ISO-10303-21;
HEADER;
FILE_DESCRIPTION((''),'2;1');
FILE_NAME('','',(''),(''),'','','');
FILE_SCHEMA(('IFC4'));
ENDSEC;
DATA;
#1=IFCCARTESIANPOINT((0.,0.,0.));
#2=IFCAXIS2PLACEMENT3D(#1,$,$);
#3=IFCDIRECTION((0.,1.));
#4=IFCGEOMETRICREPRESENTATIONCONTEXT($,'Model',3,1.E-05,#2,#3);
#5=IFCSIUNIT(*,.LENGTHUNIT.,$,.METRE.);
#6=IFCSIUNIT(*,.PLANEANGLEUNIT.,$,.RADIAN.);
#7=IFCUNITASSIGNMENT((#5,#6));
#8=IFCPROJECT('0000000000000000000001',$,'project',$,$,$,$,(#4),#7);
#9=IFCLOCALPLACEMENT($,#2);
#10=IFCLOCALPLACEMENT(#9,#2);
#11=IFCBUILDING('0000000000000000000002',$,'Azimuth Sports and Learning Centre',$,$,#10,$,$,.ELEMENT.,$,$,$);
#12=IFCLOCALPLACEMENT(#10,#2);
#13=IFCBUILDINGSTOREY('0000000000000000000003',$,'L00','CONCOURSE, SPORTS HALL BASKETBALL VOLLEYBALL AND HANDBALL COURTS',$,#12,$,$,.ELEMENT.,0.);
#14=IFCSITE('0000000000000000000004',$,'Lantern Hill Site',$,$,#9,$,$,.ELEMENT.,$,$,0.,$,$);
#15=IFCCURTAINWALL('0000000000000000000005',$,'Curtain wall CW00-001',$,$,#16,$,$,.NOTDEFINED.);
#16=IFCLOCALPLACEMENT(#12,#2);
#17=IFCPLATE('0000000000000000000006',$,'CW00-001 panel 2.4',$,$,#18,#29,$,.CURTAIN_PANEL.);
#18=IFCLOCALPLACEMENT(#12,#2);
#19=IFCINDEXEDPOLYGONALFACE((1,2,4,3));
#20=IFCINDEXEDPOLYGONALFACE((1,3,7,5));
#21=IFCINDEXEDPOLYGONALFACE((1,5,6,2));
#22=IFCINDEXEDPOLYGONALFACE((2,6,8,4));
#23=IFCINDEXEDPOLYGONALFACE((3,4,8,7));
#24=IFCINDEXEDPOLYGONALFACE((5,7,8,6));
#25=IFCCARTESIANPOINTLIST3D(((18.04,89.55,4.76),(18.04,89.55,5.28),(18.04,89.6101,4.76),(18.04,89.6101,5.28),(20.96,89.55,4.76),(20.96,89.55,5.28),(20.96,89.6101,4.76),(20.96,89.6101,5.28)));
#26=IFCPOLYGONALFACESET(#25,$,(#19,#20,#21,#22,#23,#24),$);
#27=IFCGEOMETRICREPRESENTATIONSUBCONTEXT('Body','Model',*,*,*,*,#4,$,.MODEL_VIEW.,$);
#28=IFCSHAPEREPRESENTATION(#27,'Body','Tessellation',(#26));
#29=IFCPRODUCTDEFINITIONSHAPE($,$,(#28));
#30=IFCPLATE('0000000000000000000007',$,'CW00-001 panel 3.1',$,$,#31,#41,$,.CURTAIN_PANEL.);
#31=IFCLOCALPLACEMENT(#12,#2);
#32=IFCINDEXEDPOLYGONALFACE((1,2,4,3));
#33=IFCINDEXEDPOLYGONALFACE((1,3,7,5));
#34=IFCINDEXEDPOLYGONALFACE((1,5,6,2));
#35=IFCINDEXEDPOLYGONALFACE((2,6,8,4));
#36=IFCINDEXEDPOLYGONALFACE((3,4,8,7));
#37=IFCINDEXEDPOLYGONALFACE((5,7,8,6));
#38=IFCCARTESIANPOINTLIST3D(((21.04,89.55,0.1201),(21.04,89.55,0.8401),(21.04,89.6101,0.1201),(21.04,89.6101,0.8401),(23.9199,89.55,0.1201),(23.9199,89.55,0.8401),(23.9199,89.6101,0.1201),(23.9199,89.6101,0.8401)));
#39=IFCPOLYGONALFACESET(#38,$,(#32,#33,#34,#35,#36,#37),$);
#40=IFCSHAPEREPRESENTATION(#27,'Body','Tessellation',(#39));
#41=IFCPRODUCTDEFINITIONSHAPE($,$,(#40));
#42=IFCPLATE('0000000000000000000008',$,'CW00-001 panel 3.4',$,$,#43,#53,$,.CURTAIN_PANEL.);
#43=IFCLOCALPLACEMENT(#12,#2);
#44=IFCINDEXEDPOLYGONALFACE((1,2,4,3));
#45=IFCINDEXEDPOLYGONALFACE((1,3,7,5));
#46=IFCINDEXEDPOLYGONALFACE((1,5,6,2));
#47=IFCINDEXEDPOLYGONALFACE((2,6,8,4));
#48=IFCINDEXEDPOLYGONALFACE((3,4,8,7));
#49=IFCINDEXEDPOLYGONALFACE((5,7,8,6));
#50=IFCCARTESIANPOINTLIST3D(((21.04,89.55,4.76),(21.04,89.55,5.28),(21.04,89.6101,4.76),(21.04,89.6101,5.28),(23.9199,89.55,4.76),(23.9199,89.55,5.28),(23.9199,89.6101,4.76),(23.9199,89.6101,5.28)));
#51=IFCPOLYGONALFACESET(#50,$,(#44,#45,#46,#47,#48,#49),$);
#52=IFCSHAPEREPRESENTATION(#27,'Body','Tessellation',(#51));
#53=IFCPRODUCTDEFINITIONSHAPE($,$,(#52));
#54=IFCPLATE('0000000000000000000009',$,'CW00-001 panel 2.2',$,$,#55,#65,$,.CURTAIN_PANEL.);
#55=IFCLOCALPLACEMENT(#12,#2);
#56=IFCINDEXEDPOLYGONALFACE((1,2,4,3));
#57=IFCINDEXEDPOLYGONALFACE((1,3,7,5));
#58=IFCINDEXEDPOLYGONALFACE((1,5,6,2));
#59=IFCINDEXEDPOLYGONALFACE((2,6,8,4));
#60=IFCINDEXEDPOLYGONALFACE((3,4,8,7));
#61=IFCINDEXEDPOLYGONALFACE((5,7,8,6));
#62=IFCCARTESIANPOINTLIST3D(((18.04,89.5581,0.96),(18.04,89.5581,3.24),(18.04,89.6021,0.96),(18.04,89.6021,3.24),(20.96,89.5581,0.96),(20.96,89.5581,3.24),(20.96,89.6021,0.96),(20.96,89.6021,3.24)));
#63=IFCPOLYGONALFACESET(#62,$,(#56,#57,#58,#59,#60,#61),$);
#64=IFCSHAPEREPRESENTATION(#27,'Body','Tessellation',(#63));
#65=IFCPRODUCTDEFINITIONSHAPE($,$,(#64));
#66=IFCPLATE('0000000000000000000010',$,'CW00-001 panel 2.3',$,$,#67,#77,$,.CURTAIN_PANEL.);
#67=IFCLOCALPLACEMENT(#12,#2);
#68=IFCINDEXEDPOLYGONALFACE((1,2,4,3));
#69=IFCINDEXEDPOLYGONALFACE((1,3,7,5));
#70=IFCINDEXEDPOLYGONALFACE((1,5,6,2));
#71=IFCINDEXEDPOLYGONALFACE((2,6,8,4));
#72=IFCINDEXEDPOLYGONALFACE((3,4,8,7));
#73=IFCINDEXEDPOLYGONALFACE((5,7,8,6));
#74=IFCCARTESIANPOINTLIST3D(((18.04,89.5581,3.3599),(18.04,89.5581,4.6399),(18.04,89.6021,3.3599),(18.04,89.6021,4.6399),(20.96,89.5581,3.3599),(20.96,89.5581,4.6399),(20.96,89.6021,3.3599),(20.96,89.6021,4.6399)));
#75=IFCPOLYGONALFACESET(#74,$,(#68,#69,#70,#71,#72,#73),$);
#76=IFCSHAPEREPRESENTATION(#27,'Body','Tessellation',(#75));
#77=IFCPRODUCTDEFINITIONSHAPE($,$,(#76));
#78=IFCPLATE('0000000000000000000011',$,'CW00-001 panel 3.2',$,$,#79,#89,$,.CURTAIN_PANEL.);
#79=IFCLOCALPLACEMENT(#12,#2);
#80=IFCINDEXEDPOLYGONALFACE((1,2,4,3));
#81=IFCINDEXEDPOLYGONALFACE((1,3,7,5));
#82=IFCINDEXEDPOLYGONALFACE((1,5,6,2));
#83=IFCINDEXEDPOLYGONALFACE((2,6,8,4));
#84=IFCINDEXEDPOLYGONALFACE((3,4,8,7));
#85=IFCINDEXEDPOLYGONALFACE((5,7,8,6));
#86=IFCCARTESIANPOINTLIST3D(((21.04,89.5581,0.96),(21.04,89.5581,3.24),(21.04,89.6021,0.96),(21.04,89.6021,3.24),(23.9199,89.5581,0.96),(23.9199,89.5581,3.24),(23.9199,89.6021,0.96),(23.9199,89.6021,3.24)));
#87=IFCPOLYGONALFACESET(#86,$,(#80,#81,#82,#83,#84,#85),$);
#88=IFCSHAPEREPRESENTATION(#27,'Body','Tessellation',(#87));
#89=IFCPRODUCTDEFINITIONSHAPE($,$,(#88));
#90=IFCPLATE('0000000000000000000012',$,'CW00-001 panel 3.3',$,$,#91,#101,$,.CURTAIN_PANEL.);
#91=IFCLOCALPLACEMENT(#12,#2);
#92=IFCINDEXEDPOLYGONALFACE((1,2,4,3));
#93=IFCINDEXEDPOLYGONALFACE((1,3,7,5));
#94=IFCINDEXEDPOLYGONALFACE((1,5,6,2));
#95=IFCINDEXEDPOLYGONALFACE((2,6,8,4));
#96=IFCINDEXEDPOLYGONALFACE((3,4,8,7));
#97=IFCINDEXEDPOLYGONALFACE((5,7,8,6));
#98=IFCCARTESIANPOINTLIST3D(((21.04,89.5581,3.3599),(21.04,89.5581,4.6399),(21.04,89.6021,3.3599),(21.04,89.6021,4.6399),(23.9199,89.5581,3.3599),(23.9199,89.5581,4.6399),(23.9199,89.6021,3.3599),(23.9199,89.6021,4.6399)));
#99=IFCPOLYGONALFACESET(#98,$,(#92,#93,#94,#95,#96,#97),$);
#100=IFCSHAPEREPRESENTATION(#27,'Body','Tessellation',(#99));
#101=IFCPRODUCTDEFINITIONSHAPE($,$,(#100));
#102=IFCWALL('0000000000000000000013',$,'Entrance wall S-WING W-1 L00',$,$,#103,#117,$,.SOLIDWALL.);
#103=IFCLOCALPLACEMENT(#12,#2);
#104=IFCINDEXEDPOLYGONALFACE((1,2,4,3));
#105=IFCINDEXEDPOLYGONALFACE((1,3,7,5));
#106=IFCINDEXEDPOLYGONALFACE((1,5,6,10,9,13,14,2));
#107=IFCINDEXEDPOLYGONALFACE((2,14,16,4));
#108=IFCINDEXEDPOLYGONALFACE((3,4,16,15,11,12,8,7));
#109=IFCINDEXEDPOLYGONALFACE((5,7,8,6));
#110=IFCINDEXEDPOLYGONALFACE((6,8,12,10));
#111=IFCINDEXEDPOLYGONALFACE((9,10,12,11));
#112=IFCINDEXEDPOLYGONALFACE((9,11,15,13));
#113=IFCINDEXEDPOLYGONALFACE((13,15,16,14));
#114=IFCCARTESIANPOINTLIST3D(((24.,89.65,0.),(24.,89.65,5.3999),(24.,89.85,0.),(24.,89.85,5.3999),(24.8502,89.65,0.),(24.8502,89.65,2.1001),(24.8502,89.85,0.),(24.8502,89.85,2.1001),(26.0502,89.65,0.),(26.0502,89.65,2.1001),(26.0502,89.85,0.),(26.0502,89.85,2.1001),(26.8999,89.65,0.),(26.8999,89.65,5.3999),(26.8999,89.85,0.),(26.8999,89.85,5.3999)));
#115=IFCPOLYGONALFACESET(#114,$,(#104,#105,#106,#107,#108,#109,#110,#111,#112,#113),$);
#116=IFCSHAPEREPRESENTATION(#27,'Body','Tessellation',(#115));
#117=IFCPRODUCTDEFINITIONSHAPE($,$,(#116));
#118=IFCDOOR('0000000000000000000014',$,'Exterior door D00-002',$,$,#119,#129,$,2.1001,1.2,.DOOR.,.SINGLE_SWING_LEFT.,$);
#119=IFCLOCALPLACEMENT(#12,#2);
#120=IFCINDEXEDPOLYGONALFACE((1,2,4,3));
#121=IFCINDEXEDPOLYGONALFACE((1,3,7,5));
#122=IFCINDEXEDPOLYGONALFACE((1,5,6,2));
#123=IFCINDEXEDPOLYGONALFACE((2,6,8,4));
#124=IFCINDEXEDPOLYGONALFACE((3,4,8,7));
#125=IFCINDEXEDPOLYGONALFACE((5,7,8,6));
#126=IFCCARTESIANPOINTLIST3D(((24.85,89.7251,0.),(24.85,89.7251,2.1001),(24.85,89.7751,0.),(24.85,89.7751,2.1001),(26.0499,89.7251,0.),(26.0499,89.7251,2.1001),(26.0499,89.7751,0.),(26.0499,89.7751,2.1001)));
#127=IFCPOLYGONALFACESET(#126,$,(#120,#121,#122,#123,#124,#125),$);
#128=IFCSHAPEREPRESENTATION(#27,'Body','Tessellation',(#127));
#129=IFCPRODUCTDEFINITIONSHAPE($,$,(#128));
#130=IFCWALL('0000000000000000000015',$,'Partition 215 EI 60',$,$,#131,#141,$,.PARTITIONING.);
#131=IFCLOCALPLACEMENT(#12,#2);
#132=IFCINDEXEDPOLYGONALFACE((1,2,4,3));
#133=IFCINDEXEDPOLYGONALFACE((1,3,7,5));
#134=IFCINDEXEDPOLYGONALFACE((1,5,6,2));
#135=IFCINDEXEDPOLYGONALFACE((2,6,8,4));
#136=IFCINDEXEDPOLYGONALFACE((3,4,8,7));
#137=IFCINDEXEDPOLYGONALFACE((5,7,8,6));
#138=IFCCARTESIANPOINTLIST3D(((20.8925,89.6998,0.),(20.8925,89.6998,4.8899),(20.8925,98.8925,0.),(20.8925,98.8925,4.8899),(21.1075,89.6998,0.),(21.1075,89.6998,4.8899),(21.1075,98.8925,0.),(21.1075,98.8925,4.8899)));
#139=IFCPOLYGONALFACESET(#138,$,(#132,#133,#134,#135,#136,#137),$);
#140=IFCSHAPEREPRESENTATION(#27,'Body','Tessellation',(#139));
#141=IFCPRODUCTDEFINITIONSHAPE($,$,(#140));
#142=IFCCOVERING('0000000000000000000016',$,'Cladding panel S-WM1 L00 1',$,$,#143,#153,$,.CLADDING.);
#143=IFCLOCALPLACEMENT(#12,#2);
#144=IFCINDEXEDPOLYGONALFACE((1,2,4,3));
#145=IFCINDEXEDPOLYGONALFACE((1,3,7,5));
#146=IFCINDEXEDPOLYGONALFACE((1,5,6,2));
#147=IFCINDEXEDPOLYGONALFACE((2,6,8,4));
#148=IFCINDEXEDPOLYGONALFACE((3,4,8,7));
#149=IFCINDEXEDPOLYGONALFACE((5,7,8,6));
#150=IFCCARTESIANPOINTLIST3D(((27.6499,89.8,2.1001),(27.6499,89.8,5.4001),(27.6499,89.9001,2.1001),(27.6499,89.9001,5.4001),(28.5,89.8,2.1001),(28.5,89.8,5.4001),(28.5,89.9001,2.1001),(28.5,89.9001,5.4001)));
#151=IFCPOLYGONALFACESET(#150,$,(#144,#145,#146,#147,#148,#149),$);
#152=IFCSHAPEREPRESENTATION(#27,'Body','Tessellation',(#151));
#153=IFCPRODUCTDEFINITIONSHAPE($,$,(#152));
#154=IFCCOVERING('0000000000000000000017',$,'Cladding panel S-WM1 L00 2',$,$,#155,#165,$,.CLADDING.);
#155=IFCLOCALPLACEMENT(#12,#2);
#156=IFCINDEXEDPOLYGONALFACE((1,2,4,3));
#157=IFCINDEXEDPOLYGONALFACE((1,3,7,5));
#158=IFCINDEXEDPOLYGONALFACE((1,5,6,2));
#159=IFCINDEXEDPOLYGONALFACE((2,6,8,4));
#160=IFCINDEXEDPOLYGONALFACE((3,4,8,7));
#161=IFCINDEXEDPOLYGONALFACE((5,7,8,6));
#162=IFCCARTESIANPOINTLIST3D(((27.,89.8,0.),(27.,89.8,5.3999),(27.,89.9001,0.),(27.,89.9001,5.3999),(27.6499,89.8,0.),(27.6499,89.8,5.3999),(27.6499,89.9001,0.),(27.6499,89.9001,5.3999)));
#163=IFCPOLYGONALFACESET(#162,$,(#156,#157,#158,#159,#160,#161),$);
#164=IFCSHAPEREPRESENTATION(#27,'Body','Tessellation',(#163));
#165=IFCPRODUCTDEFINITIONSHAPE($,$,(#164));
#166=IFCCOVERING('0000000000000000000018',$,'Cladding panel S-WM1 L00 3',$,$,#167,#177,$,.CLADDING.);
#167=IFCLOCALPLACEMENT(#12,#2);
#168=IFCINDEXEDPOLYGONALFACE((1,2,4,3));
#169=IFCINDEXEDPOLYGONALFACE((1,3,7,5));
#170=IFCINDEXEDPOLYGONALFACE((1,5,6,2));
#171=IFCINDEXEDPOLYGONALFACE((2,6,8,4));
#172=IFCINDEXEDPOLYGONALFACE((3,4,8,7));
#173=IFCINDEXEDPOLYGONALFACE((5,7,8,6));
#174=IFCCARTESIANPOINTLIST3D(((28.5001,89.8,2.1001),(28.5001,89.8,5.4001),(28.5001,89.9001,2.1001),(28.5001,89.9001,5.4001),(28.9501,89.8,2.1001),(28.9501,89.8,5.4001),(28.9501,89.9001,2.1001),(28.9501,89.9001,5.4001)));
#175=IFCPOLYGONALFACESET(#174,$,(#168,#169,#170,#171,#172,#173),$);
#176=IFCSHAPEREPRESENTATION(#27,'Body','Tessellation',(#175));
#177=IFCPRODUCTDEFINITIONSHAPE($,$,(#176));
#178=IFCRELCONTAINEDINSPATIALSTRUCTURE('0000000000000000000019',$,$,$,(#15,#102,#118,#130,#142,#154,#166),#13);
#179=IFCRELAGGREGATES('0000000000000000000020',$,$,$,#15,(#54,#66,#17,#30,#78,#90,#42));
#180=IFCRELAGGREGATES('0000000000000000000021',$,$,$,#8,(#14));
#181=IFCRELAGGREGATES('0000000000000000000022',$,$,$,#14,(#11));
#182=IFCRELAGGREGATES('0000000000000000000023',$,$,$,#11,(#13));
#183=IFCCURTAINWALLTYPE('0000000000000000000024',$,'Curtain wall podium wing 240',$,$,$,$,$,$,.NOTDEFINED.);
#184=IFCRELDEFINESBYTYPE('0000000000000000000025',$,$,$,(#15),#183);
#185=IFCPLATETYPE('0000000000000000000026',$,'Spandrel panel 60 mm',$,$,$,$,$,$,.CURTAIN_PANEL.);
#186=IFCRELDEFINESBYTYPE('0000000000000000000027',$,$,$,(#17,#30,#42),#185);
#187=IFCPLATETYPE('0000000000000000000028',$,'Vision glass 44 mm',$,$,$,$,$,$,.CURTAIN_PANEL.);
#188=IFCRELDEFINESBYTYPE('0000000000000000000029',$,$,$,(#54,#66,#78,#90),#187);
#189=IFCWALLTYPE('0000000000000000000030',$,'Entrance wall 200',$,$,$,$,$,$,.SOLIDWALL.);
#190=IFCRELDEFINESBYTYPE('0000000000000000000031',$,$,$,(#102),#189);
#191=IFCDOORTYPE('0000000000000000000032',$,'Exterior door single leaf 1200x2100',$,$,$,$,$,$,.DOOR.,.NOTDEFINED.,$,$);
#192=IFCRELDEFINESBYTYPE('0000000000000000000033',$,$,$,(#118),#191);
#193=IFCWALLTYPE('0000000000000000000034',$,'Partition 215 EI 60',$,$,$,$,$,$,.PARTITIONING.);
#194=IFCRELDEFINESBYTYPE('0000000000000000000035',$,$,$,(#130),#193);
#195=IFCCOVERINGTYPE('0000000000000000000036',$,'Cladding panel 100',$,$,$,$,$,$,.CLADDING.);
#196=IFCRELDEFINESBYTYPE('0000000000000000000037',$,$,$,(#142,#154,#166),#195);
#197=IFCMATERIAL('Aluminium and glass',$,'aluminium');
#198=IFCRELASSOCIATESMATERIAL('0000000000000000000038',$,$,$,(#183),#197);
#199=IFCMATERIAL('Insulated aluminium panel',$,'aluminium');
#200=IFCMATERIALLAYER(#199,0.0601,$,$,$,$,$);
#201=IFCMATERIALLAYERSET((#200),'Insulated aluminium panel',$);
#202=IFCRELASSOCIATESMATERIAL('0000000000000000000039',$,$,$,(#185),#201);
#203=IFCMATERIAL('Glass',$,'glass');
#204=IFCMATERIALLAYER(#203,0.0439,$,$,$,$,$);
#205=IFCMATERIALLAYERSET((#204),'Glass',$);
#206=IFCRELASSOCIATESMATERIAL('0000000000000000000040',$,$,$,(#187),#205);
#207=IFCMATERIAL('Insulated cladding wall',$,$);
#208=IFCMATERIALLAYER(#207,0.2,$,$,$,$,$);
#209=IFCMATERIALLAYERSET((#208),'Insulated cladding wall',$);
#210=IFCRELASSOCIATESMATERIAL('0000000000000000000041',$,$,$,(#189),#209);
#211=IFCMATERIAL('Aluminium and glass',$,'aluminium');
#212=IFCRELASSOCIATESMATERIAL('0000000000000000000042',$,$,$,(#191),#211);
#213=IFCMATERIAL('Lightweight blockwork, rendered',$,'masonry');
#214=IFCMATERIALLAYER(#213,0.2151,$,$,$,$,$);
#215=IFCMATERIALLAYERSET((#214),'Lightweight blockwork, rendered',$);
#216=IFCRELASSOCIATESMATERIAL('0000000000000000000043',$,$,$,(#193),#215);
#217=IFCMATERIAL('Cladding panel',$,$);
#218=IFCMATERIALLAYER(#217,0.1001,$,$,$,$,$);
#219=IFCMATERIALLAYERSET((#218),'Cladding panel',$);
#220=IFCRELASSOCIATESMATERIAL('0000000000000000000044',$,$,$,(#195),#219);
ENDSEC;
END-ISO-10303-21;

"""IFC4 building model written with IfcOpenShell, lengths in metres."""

from ifc_helpers import new_model, si_unit, direction, frame, frame_2d, origin, origin_2d, place, context, subcontext, project, spatial, rectangle, extrude, material, layer, layer_set, type_object, element, fill, aggregate, save


model = new_model("IFC4")

# Units and contexts
model_context = context("Model", 3, precision=1e-05, world=origin(), true_north=direction((0.0, 1.0)))
body_context = subcontext(model_context, "Body", "Model", "MODEL_VIEW")
ifc_project = project(units=[si_unit("LENGTHUNIT", "METRE"), si_unit("PLANEANGLEUNIT", "RADIAN")], contexts=[model_context])

# Site, building, storey
site_placement = place(None, origin())
site = spatial("IfcSite", under=ifc_project, at=site_placement, Name="Lantern Hill Site", CompositionType="ELEMENT", RefElevation=0.0)
building_placement = place(site_placement, origin())
building = spatial("IfcBuilding", under=site, at=building_placement, Name="Azimuth Sports and Learning Centre", CompositionType="ELEMENT")
storey_placement = place(building_placement, origin())
storey = spatial("IfcBuildingStorey", under=building, at=storey_placement, Name="L00", Description="CONCOURSE, SPORTS HALL BASKETBALL VOLLEYBALL AND HANDBALL COURTS", CompositionType="ELEMENT", Elevation=0.0)

# Curtain wall, plates
ifc_material_1 = material(Name="Aluminium and glass", Category="aluminium")
curtain_wall_type = type_object("IfcCurtainWallType", Name="Curtain wall podium wing 240", PredefinedType="NOTDEFINED", material=ifc_material_1)
curtain_wall_placement = place(storey_placement, origin())
curtain_wall = element("IfcCurtainWall", 1, at=curtain_wall_placement, inside=storey, type_object=curtain_wall_type, Name="Curtain wall CW00-001", PredefinedType="NOTDEFINED")
ifc_material_2 = material(Name="Insulated aluminium panel", Category="aluminium")
ifc_layer_1 = layer(ifc_material_2, 0.0601)
ifc_layer_set_1 = layer_set([ifc_layer_1], Name="Insulated aluminium panel")
plate_type_1 = type_object("IfcPlateType", Name="Spandrel panel 60 mm", PredefinedType="CURTAIN_PANEL", material=ifc_layer_set_1)
plate_1_placement = place(storey_placement, frame((19.5, 89.5801, 4.76), z_axis=(0.0, 0.0, 1.0), x_axis=(1.0, 0.0, 0.0)))
plate_1 = element("IfcPlate", 2, at=plate_1_placement, type_object=plate_type_1, Name="CW00-001 panel 2.4", PredefinedType="CURTAIN_PANEL", context=body_context, shape_type="SweptSolid", body=[
    extrude(rectangle(XDim=2.9199, YDim=0.0601, at=origin_2d()), origin(), (0.0, 0.0, 1.0), 0.52),
])
plate_2_placement = place(storey_placement, frame((22.48, 89.5801, 0.1201), z_axis=(0.0, 0.0, 1.0), x_axis=(1.0, 0.0, 0.0)))
plate_2 = element("IfcPlate", 3, at=plate_2_placement, type_object=plate_type_1, Name="CW00-001 panel 3.1", PredefinedType="CURTAIN_PANEL", context=body_context, shape_type="SweptSolid", body=[
    extrude(rectangle(XDim=2.8799, YDim=0.0601, at=origin_2d()), origin(), (0.0, 0.0, 1.0), 0.72),
])
plate_3_placement = place(storey_placement, frame((22.48, 89.5801, 4.76), z_axis=(0.0, 0.0, 1.0), x_axis=(1.0, 0.0, 0.0)))
plate_3 = element("IfcPlate", 4, at=plate_3_placement, type_object=plate_type_1, Name="CW00-001 panel 3.4", PredefinedType="CURTAIN_PANEL", context=body_context, shape_type="SweptSolid", body=[
    extrude(rectangle(XDim=2.8799, YDim=0.0601, at=origin_2d()), origin(), (0.0, 0.0, 1.0), 0.52),
])
ifc_material_3 = material(Name="Glass", Category="glass")
ifc_layer_2 = layer(ifc_material_3, 0.0439)
ifc_layer_set_2 = layer_set([ifc_layer_2], Name="Glass")
plate_type_2 = type_object("IfcPlateType", Name="Vision glass 44 mm", PredefinedType="CURTAIN_PANEL", material=ifc_layer_set_2)
plate_4_placement = place(storey_placement, frame((19.5, 89.5801, 0.96), z_axis=(0.0, 0.0, 1.0), x_axis=(1.0, 0.0, 0.0)))
plate_4 = element("IfcPlate", 5, at=plate_4_placement, type_object=plate_type_2, Name="CW00-001 panel 2.2", PredefinedType="CURTAIN_PANEL", context=body_context, shape_type="SweptSolid", body=[
    extrude(rectangle(XDim=2.9199, YDim=0.0439, at=origin_2d()), origin(), (0.0, 0.0, 1.0), 2.28),
])
plate_5_placement = place(storey_placement, frame((19.5, 89.5801, 3.3599), z_axis=(0.0, 0.0, 1.0), x_axis=(1.0, 0.0, 0.0)))
plate_5 = element("IfcPlate", 6, at=plate_5_placement, type_object=plate_type_2, Name="CW00-001 panel 2.3", PredefinedType="CURTAIN_PANEL", context=body_context, shape_type="SweptSolid", body=[
    extrude(rectangle(XDim=2.9199, YDim=0.0439, at=origin_2d()), origin(), (0.0, 0.0, 1.0), 1.28),
])
plate_6_placement = place(storey_placement, frame((22.48, 89.5801, 0.96), z_axis=(0.0, 0.0, 1.0), x_axis=(1.0, 0.0, 0.0)))
plate_6 = element("IfcPlate", 7, at=plate_6_placement, type_object=plate_type_2, Name="CW00-001 panel 3.2", PredefinedType="CURTAIN_PANEL", context=body_context, shape_type="SweptSolid", body=[
    extrude(rectangle(XDim=2.8799, YDim=0.0439, at=origin_2d()), origin(), (0.0, 0.0, 1.0), 2.28),
])
plate_7_placement = place(storey_placement, frame((22.48, 89.5801, 3.3599), z_axis=(0.0, 0.0, 1.0), x_axis=(1.0, 0.0, 0.0)))
plate_7 = element("IfcPlate", 8, at=plate_7_placement, type_object=plate_type_2, Name="CW00-001 panel 3.3", PredefinedType="CURTAIN_PANEL", context=body_context, shape_type="SweptSolid", body=[
    extrude(rectangle(XDim=2.8799, YDim=0.0439, at=origin_2d()), origin(), (0.0, 0.0, 1.0), 1.28),
])
aggregate(curtain_wall, [plate_4, plate_5, plate_1, plate_2, plate_6, plate_7, plate_3])

# Wall, opening, door
ifc_material_4 = material(Name="Insulated cladding wall")
ifc_layer_3 = layer(ifc_material_4, 0.2)
ifc_layer_set_3 = layer_set([ifc_layer_3], Name="Insulated cladding wall")
wall_type_1 = type_object("IfcWallType", Name="Entrance wall 200", PredefinedType="SOLIDWALL", material=ifc_layer_set_3)
wall_1_placement = place(storey_placement, frame((24.0, 89.75, 0.0), z_axis=(0.0, 0.0, 1.0), x_axis=(1.0, 0.0, 0.0)))
wall_1 = element("IfcWall", 9, at=wall_1_placement, inside=storey, type_object=wall_type_1, Name="Entrance wall S-WING W-1 L00", PredefinedType="SOLIDWALL", context=body_context, shape_type="SweptSolid", body=[
    extrude(rectangle(XDim=2.8999, YDim=0.2, at=frame_2d((1.45, 0.0))), origin(), (0.0, 0.0, 1.0), 5.3999),
])
opening_placement = place(wall_1_placement, frame((0.8501, 0.0, 0.0)))
opening = element("IfcOpeningElement", 10, at=opening_placement, cuts=wall_1, PredefinedType="OPENING", context=body_context, shape_type="SweptSolid", body=[
    extrude(rectangle(XDim=1.2, YDim=2.1001, at=frame_2d((0.6001, 1.05))), frame((0.0, 0.1108, 0.0), z_axis=(0.0, -1.0, 0.0), x_axis=(1.0, 0.0, 0.0)), (0.0, 0.0, 1.0), 0.2219),
])
ifc_material_5 = material(Name="Aluminium and glass", Category="aluminium")
door_type = type_object("IfcDoorType", Name="Exterior door single leaf 1200x2100", OperationType="NOTDEFINED", PredefinedType="DOOR", material=ifc_material_5)
door_placement = place(opening_placement, frame((1.2, 0.0, 0.0), z_axis=(0.0, 0.0, 1.0), x_axis=(-1.0, 0.0, 0.0)))
door = element("IfcDoor", 11, at=door_placement, inside=storey, type_object=door_type, Name="Exterior door D00-002", OperationType="SINGLE_SWING_LEFT", OverallHeight=2.1001, OverallWidth=1.2, PredefinedType="DOOR", context=body_context, shape_type="SweptSolid", body=[
    extrude(rectangle(XDim=1.2, YDim=2.1001, at=frame_2d((0.6001, 1.05))), frame((0.0, 0.0249, 0.0), z_axis=(0.0, -1.0, 0.0), x_axis=(1.0, 0.0, 0.0)), (0.0, 0.0, 1.0), 0.05),
])
fill(opening, door)

# Wall
ifc_material_6 = material(Name="Lightweight blockwork, rendered", Category="masonry")
ifc_layer_4 = layer(ifc_material_6, 0.2151)
ifc_layer_set_4 = layer_set([ifc_layer_4], Name="Lightweight blockwork, rendered")
wall_type_2 = type_object("IfcWallType", Name="Partition 215 EI 60", PredefinedType="PARTITIONING", material=ifc_layer_set_4)
wall_2_placement = place(storey_placement, frame((21.0, 89.7, 0.0), z_axis=(0.0, 0.0, 1.0), x_axis=(0.0, 1.0, 0.0)))
element("IfcWall", 12, at=wall_2_placement, inside=storey, type_object=wall_type_2, Name="Partition 215 EI 60", PredefinedType="PARTITIONING", context=body_context, shape_type="SweptSolid", body=[
    extrude(rectangle(XDim=9.1926, YDim=0.2151, at=frame_2d((4.5962, 0.0))), origin(), (0.0, 0.0, 1.0), 4.8899),
])

# Coverings
ifc_material_7 = material(Name="Cladding panel")
ifc_layer_5 = layer(ifc_material_7, 0.1001)
ifc_layer_set_5 = layer_set([ifc_layer_5], Name="Cladding panel")
covering_type = type_object("IfcCoveringType", Name="Cladding panel 100", PredefinedType="CLADDING", material=ifc_layer_set_5)
covering_1_placement = place(storey_placement, frame((28.075, 89.8501, 2.1001), z_axis=(0.0, 0.0, 1.0), x_axis=(1.0, 0.0, 0.0)))
element("IfcCovering", 13, at=covering_1_placement, inside=storey, type_object=covering_type, Name="Cladding panel S-WM1 L00 1", PredefinedType="CLADDING", context=body_context, shape_type="SweptSolid", body=[
    extrude(rectangle(XDim=0.8501, YDim=0.1001, at=origin_2d()), origin(), (0.0, 0.0, 1.0), 3.3),
])
covering_2_placement = place(storey_placement, frame((27.325, 89.8501, 0.0), z_axis=(0.0, 0.0, 1.0), x_axis=(1.0, 0.0, 0.0)))
element("IfcCovering", 14, at=covering_2_placement, inside=storey, type_object=covering_type, Name="Cladding panel S-WM1 L00 2", PredefinedType="CLADDING", context=body_context, shape_type="SweptSolid", body=[
    extrude(rectangle(XDim=0.6499, YDim=0.1001, at=origin_2d()), origin(), (0.0, 0.0, 1.0), 5.3999),
])
covering_3_placement = place(storey_placement, frame((28.7251, 89.8501, 2.1001), z_axis=(0.0, 0.0, 1.0), x_axis=(1.0, 0.0, 0.0)))
element("IfcCovering", 15, at=covering_3_placement, inside=storey, type_object=covering_type, Name="Cladding panel S-WM1 L00 3", PredefinedType="CLADDING", context=body_context, shape_type="SweptSolid", body=[
    extrude(rectangle(XDim=0.45, YDim=0.1001, at=origin_2d()), origin(), (0.0, 0.0, 1.0), 3.3),
])

save(model, "model.ifc")
